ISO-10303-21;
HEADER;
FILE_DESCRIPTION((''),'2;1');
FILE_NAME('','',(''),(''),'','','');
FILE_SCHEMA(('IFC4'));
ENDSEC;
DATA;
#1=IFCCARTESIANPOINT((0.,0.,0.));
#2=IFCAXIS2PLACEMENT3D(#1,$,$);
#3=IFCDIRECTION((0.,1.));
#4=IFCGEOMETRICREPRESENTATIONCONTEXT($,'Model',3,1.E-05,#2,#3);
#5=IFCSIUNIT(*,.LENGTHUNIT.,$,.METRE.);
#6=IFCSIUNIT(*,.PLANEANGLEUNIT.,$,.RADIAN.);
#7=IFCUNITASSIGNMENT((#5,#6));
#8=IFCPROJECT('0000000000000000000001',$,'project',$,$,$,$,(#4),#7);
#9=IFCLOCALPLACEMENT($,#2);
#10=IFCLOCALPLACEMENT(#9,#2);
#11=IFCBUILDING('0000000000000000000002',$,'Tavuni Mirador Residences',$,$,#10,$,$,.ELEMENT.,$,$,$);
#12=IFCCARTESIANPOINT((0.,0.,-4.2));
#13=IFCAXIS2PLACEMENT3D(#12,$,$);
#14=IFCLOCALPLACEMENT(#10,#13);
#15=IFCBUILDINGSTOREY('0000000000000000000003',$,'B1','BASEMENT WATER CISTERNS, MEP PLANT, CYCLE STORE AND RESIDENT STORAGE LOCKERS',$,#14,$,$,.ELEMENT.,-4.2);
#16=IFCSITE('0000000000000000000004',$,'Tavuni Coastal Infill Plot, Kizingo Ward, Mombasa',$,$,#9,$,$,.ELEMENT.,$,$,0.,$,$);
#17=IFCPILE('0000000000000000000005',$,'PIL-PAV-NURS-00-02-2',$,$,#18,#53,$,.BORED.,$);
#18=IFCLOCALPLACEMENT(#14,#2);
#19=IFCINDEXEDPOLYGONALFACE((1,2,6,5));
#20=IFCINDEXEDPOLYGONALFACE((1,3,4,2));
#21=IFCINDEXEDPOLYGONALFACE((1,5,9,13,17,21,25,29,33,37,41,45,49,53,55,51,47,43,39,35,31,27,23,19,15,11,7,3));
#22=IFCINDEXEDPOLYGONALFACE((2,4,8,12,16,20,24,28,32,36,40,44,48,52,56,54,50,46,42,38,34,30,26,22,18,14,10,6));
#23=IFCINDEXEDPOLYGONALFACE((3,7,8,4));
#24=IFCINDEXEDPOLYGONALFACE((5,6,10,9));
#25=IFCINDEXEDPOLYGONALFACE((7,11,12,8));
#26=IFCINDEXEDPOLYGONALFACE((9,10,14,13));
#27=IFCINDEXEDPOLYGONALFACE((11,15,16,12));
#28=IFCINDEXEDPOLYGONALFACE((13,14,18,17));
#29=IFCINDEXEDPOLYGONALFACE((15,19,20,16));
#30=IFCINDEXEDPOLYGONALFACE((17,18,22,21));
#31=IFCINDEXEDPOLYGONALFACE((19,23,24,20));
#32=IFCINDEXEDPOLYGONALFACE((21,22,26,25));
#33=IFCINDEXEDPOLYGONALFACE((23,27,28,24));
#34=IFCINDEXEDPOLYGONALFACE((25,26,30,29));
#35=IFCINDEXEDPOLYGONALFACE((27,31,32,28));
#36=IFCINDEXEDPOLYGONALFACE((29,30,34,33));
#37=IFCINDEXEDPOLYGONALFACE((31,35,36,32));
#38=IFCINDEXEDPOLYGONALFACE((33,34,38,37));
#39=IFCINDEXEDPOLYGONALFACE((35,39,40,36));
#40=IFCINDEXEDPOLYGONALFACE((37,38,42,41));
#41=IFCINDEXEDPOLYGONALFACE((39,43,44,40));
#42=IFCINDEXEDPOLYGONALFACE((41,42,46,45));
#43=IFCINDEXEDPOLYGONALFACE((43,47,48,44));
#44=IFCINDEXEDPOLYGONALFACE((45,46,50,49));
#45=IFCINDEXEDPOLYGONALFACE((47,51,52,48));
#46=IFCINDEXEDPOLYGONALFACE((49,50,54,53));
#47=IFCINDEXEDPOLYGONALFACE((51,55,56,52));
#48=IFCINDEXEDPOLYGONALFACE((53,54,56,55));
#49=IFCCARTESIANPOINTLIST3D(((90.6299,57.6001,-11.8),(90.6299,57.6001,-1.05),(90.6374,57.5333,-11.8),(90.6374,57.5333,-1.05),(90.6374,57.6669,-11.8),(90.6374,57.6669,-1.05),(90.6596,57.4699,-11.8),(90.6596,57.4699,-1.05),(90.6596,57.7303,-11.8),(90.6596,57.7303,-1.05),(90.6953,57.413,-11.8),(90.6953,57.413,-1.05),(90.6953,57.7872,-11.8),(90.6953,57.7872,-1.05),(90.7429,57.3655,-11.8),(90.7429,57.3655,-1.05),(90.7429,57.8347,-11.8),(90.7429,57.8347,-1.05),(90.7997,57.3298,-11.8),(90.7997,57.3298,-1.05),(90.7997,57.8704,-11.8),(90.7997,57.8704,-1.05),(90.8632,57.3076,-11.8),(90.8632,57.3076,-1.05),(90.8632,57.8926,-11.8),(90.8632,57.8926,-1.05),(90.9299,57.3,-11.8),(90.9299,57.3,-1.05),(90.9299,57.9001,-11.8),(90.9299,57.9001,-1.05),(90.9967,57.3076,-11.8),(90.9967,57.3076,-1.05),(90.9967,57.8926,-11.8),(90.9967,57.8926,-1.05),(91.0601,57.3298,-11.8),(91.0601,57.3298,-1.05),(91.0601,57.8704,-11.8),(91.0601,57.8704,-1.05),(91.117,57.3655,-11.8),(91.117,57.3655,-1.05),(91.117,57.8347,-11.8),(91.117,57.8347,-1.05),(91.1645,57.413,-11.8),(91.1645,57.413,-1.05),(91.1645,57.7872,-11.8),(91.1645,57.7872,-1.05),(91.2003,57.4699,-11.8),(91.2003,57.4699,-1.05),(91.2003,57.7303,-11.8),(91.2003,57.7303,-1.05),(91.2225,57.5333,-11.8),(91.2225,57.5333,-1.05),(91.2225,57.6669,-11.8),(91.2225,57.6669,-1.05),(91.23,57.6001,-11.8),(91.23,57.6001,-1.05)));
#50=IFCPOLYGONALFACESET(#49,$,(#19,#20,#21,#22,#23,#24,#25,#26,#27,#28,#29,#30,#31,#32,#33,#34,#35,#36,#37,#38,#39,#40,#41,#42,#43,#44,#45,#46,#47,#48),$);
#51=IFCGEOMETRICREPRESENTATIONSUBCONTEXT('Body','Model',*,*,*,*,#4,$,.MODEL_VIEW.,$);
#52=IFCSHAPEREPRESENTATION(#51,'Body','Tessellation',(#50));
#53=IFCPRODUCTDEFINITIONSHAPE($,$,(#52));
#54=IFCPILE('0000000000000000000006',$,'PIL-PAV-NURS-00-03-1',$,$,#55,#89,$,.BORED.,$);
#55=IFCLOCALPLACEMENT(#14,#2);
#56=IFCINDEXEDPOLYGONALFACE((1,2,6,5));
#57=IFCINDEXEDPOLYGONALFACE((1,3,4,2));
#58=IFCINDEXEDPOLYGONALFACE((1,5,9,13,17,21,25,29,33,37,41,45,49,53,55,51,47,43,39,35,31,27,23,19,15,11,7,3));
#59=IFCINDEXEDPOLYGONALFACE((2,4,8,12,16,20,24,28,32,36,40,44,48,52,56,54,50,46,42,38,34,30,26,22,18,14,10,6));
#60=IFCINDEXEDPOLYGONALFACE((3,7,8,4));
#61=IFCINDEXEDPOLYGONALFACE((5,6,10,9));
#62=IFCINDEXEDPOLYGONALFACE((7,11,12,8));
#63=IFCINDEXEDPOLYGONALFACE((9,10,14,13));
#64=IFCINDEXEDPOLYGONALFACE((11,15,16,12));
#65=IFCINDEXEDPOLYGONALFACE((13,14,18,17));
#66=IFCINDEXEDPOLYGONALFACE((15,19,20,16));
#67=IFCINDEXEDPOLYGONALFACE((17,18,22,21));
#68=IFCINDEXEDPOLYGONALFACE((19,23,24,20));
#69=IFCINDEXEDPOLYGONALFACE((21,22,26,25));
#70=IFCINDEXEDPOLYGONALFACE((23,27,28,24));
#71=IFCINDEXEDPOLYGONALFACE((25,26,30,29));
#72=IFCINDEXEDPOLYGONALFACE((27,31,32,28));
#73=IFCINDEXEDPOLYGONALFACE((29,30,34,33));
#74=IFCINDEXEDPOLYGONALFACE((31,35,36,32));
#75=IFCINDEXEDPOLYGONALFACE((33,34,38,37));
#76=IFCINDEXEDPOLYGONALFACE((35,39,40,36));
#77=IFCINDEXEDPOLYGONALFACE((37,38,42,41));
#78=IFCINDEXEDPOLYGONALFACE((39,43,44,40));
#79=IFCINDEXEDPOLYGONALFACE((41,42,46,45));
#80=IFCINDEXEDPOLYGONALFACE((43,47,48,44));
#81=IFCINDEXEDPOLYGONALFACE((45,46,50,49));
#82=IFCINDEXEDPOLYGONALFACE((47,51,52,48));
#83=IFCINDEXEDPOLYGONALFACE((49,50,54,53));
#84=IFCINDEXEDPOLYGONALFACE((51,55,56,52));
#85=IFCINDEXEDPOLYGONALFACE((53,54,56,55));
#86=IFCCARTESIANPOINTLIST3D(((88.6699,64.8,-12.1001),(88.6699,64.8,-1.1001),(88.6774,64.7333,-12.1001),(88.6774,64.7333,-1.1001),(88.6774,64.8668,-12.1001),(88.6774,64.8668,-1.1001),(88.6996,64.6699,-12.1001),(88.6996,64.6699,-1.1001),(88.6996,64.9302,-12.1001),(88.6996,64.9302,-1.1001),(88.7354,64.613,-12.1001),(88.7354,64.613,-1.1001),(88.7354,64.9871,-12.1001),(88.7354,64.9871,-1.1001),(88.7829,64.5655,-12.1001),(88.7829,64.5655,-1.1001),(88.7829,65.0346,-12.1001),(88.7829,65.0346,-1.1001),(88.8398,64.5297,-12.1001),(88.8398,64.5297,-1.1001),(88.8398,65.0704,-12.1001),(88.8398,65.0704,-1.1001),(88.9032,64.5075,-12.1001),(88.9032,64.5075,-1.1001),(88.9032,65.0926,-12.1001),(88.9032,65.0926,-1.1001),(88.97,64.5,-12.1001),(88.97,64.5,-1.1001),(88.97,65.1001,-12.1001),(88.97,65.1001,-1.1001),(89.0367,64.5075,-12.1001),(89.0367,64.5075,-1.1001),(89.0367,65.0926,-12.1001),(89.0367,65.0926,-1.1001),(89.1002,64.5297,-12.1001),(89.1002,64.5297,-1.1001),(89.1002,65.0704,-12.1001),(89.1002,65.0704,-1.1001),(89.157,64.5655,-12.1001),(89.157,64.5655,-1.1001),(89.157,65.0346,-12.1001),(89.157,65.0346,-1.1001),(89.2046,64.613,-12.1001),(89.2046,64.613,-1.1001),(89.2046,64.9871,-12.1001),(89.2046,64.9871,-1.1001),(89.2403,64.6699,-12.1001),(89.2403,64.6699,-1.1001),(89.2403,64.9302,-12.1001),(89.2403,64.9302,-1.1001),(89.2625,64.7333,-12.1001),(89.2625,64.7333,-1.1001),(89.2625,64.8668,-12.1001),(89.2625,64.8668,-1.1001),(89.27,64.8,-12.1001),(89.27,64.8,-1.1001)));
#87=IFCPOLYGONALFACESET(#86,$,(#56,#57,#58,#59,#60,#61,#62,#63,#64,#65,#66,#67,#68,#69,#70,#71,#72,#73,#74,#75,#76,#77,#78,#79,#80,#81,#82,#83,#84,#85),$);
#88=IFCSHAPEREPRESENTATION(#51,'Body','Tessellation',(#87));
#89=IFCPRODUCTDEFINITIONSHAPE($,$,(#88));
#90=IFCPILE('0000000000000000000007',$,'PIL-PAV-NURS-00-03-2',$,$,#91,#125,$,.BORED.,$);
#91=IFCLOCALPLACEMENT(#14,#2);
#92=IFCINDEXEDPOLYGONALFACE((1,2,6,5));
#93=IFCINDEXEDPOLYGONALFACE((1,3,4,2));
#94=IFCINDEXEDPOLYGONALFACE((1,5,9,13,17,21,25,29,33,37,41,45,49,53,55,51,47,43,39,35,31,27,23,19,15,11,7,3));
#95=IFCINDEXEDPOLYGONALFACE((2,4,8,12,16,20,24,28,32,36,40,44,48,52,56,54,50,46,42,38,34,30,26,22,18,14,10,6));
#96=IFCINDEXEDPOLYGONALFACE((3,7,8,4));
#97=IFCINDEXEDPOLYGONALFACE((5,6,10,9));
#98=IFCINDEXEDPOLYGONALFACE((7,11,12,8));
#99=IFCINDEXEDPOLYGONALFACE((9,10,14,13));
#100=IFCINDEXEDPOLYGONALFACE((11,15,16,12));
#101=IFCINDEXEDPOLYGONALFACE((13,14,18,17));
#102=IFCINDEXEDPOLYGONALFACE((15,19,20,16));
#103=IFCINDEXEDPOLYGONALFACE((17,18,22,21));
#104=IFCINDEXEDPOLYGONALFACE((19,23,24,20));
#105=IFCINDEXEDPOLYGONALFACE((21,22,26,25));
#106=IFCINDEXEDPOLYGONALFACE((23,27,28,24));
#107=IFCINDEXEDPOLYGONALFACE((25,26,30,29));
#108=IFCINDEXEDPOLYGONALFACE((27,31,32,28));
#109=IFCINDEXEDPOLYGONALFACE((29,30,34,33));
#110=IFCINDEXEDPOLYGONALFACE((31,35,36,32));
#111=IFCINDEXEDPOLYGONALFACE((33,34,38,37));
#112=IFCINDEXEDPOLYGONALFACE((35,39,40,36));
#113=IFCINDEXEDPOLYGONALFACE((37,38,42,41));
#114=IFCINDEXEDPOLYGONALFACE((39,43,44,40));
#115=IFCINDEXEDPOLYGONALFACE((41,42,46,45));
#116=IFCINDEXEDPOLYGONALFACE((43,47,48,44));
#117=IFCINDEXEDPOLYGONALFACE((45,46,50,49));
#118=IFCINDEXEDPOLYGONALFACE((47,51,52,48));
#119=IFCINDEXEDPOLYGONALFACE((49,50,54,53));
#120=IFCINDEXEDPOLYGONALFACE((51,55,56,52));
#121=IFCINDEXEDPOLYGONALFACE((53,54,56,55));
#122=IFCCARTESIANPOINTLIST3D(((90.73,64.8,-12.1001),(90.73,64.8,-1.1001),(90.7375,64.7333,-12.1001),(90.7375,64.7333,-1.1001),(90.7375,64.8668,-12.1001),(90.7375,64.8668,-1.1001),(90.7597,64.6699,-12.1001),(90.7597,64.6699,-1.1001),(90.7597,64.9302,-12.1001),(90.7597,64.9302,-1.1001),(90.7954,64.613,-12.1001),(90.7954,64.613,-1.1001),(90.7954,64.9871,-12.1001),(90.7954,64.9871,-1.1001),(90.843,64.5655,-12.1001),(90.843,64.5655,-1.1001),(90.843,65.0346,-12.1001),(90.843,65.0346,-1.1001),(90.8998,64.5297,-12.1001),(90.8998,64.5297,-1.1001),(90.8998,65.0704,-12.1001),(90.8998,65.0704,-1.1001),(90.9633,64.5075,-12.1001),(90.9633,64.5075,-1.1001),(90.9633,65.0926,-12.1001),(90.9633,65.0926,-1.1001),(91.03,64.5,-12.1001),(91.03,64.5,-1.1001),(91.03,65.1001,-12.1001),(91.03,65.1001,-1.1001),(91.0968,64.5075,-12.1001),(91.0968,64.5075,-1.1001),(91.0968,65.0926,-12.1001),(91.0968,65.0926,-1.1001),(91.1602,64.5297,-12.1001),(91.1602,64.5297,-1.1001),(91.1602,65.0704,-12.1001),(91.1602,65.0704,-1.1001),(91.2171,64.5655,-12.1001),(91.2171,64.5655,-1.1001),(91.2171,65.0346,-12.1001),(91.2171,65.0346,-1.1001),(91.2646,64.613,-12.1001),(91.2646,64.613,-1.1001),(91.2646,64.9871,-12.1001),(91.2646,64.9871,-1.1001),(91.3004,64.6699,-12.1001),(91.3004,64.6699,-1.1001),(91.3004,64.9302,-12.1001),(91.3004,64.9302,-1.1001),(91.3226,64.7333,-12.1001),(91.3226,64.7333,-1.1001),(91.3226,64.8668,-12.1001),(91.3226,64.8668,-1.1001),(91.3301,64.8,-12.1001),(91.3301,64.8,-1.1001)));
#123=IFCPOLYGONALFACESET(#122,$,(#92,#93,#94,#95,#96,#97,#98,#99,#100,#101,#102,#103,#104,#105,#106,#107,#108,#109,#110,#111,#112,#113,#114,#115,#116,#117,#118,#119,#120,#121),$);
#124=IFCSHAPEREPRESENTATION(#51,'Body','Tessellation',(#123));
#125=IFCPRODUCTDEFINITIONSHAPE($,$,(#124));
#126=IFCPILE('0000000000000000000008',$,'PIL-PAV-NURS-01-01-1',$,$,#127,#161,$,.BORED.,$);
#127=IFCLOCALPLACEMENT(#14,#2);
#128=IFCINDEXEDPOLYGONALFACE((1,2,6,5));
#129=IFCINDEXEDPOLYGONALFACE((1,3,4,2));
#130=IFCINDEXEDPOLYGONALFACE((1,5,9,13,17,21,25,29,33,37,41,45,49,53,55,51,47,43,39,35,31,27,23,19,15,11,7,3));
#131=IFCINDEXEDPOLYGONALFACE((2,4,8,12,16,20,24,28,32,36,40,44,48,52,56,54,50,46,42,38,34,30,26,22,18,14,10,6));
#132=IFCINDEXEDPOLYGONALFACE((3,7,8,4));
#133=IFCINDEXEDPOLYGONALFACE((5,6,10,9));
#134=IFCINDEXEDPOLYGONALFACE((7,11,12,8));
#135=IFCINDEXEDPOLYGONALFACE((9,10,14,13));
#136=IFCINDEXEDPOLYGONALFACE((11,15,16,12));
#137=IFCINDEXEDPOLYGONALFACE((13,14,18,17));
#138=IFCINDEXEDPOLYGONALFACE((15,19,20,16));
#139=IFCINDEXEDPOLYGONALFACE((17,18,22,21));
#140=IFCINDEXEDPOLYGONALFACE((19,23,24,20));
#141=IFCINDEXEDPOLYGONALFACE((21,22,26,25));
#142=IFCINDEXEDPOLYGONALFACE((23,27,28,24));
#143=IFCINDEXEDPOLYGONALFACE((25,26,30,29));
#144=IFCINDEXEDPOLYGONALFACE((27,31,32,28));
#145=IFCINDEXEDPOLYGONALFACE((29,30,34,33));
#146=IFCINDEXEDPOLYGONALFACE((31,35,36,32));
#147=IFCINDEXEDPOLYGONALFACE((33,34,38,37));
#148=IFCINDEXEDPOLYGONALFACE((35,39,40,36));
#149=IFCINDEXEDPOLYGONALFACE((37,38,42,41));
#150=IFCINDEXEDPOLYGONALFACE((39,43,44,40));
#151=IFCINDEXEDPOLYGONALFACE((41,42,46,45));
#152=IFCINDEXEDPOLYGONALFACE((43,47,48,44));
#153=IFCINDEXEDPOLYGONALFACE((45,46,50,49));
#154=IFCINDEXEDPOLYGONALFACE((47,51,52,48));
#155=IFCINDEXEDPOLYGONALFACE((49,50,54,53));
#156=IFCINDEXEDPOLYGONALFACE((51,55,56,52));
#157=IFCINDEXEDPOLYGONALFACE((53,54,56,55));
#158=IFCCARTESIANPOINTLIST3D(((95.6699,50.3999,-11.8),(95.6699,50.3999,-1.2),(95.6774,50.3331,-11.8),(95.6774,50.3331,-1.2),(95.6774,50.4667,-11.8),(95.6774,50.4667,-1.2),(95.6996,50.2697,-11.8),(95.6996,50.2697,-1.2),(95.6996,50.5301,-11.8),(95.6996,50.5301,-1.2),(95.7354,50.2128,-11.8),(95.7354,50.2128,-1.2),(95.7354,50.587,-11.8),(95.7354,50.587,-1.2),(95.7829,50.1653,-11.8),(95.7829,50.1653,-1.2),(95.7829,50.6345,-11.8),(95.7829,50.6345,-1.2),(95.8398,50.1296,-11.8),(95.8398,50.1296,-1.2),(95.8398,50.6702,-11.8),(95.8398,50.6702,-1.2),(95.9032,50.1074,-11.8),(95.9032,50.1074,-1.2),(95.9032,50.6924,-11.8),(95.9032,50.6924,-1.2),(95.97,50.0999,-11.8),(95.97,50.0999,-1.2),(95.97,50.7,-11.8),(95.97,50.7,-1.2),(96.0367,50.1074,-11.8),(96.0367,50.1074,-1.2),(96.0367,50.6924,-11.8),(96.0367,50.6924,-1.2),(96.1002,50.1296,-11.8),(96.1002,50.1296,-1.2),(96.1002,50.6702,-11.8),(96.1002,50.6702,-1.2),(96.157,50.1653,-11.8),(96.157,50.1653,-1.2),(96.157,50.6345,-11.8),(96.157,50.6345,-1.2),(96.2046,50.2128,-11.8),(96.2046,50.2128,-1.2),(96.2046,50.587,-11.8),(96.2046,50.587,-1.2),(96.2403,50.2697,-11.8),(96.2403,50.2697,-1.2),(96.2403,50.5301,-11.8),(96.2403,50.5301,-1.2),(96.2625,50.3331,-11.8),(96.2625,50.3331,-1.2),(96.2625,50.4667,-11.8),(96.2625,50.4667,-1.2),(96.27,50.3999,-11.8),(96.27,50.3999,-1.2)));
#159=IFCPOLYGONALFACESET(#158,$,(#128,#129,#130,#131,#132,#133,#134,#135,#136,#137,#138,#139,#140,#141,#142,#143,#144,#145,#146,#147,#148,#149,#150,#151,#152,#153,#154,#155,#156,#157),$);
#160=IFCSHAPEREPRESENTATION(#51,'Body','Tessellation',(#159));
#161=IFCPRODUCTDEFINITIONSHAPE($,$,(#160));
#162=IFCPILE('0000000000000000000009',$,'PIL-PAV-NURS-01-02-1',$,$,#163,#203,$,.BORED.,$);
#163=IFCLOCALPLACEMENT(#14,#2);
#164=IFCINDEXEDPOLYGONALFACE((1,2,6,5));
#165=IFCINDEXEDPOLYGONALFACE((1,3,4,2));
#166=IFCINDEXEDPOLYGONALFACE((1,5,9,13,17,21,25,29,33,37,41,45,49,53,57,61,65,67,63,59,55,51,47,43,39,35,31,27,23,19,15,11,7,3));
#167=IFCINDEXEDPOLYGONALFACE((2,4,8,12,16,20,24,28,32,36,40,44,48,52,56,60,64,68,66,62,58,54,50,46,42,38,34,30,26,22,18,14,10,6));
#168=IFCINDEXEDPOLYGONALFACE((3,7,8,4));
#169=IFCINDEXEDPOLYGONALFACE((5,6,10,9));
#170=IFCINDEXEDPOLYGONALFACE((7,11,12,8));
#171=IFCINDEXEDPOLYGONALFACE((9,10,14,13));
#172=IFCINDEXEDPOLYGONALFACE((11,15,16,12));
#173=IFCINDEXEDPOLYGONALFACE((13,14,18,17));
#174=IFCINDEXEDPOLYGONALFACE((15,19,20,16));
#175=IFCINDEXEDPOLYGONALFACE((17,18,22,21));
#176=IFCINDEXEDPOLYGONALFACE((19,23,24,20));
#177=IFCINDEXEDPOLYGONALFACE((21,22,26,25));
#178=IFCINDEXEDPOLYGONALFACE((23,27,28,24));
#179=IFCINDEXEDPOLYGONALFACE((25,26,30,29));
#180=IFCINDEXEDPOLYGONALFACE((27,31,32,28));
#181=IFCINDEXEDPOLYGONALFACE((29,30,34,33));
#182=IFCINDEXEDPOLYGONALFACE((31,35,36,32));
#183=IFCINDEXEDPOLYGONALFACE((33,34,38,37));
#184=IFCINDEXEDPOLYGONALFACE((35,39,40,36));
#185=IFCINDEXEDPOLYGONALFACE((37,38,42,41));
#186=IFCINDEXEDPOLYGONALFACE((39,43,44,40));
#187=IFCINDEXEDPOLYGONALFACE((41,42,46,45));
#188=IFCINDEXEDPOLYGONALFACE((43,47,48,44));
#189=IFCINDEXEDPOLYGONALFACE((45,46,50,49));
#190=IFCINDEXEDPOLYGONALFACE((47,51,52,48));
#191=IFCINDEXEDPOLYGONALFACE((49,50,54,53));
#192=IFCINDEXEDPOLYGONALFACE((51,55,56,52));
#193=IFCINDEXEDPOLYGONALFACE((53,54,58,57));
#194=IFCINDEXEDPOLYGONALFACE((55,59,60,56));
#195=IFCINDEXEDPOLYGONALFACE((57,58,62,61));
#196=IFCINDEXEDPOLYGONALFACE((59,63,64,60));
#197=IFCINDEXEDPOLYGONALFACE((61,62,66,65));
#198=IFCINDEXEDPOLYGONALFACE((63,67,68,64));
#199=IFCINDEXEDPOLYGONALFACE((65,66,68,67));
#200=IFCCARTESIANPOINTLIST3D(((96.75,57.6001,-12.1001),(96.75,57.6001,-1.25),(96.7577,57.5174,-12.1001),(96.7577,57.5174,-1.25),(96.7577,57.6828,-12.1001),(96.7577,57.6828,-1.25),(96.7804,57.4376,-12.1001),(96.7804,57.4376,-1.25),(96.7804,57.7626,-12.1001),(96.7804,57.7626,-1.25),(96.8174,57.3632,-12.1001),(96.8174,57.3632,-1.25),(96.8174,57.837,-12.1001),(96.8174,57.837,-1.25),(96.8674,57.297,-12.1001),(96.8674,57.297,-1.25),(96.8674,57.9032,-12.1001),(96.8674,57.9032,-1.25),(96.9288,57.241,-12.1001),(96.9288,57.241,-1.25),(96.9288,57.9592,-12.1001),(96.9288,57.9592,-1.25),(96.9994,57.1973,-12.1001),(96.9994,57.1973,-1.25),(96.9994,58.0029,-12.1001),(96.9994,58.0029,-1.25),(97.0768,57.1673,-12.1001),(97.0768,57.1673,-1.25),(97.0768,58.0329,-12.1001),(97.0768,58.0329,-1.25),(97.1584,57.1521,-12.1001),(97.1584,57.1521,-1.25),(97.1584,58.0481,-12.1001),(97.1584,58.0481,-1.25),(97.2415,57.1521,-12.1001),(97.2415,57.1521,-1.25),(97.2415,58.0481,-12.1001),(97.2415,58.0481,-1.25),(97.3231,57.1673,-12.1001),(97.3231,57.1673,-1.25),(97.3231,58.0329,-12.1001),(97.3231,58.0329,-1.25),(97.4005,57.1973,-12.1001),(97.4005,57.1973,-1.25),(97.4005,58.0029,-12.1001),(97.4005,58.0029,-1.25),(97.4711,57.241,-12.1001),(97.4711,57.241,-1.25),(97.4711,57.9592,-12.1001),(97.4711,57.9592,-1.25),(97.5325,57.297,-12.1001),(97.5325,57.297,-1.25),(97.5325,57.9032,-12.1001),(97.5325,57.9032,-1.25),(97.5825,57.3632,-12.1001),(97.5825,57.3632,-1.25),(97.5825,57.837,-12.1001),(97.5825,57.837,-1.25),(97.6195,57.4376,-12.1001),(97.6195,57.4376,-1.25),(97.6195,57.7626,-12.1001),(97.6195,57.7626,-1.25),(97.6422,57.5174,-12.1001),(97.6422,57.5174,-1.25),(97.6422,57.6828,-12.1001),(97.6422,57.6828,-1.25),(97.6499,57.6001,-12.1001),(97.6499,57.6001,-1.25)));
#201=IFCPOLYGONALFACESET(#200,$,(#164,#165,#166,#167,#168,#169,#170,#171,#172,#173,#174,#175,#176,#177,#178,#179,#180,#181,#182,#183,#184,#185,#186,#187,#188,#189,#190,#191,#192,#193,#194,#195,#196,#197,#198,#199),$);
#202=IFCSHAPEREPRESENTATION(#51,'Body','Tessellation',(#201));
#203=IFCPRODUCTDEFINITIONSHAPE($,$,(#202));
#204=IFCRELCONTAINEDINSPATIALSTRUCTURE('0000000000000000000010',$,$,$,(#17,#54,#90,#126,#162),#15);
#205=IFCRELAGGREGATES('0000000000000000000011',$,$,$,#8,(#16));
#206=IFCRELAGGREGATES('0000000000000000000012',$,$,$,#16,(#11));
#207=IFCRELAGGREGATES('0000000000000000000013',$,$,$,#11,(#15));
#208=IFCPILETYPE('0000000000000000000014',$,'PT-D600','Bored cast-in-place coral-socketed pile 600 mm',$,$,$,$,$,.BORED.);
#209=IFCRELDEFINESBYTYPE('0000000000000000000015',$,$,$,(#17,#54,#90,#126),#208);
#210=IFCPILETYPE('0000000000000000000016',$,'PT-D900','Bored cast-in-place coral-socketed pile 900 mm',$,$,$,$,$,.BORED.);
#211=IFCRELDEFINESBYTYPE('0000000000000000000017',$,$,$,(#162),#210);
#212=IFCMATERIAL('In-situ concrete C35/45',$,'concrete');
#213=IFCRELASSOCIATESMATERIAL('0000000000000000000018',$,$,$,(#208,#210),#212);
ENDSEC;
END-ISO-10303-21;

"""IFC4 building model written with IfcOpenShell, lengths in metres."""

from ifc_helpers import new_model, si_unit, direction, frame, origin, origin_2d, place, context, subcontext, project, spatial, circle, extrude, material, material_profile, profile_set, type_object, element, save


model = new_model("IFC4")

# Units and contexts
model_context = context("Model", 3, precision=1e-05, world=origin(), true_north=direction((0.0, 1.0)))
body_context = subcontext(model_context, "Body", "Model", "MODEL_VIEW")
ifc_project = project(units=[si_unit("LENGTHUNIT", "METRE"), si_unit("PLANEANGLEUNIT", "RADIAN")], contexts=[model_context])

# Site, building, storey
site_placement = place(None, origin())
site = spatial("IfcSite", under=ifc_project, at=site_placement, Name="Tavuni Coastal Infill Plot, Kizingo Ward, Mombasa", CompositionType="ELEMENT", RefElevation=0.0)
building_placement = place(site_placement, origin())
building = spatial("IfcBuilding", under=site, at=building_placement, Name="Tavuni Mirador Residences", CompositionType="ELEMENT")
storey_placement = place(building_placement, frame((0.0, 0.0, -4.2)))
storey = spatial("IfcBuildingStorey", under=building, at=storey_placement, Name="B1", Description="BASEMENT WATER CISTERNS, MEP PLANT, CYCLE STORE AND RESIDENT STORAGE LOCKERS", CompositionType="ELEMENT", Elevation=-4.2)

# Shared definitions
ifc_material_1 = material(Name="In-situ concrete C35/45", Category="concrete")

# Piles
ifc_material_profile_1 = material_profile(ifc_material_1, circle(Radius=0.3, at=origin_2d()), Name="PILE D600", Category="concrete")
ifc_profile_set_1 = profile_set([ifc_material_profile_1], Name="In-situ concrete C35/45")
pile_type_1 = type_object("IfcPileType", Name="PT-D600", Description="Bored cast-in-place coral-socketed pile 600 mm", PredefinedType="BORED", material=ifc_profile_set_1)
for number, where, z_axis, x_axis, name in (
    (1, (90.9299, 57.6001, -1.05), (0.0, 0.0, -1.0), (1.0, 0.0, 0.0), "PIL-PAV-NURS-00-02-2"),
):
    element("IfcPile", number, at=place(storey_placement, frame(where, z_axis=z_axis, x_axis=x_axis)), inside=storey, type_object=pile_type_1, Name=name, PredefinedType="BORED", context=body_context, shape_type="SweptSolid", body=[
        extrude(circle(Radius=0.3, at=origin_2d()), origin(), (0.0, 0.0, 1.0), 10.75),
    ])
for number, where, z_axis, x_axis, name in (
    (2, (88.97, 64.8, -1.1001), (0.0, 0.0, -1.0), (1.0, 0.0, 0.0), "PIL-PAV-NURS-00-03-1"),
    (3, (91.03, 64.8, -1.1001), (0.0, 0.0, -1.0), (1.0, 0.0, 0.0), "PIL-PAV-NURS-00-03-2"),
):
    element("IfcPile", number, at=place(storey_placement, frame(where, z_axis=z_axis, x_axis=x_axis)), inside=storey, type_object=pile_type_1, Name=name, PredefinedType="BORED", context=body_context, shape_type="SweptSolid", body=[
        extrude(circle(Radius=0.3, at=origin_2d()), origin(), (0.0, 0.0, 1.0), 11.0),
    ])
pile_1_placement = place(storey_placement, frame((95.97, 50.3999, -1.2), z_axis=(0.0, 0.0, -1.0), x_axis=(1.0, 0.0, 0.0)))
element("IfcPile", 4, at=pile_1_placement, inside=storey, type_object=pile_type_1, Name="PIL-PAV-NURS-01-01-1", PredefinedType="BORED", context=body_context, shape_type="SweptSolid", body=[
    extrude(circle(Radius=0.3, at=origin_2d()), origin(), (0.0, 0.0, 1.0), 10.6001),
])
ifc_material_profile_2 = material_profile(ifc_material_1, circle(Radius=0.45, at=origin_2d()), Name="PILE D900", Category="concrete")
ifc_profile_set_2 = profile_set([ifc_material_profile_2], Name="In-situ concrete C35/45")
pile_type_2 = type_object("IfcPileType", Name="PT-D900", Description="Bored cast-in-place coral-socketed pile 900 mm", PredefinedType="BORED", material=ifc_profile_set_2)
pile_2_placement = place(storey_placement, frame((97.2, 57.6001, -1.25), z_axis=(0.0, 0.0, -1.0), x_axis=(1.0, 0.0, 0.0)))
element("IfcPile", 5, at=pile_2_placement, inside=storey, type_object=pile_type_2, Name="PIL-PAV-NURS-01-02-1", PredefinedType="BORED", context=body_context, shape_type="SweptSolid", body=[
    extrude(circle(Radius=0.45, at=origin_2d()), origin(), (0.0, 0.0, 1.0), 10.8501),
])

save(model, "model.ifc")
